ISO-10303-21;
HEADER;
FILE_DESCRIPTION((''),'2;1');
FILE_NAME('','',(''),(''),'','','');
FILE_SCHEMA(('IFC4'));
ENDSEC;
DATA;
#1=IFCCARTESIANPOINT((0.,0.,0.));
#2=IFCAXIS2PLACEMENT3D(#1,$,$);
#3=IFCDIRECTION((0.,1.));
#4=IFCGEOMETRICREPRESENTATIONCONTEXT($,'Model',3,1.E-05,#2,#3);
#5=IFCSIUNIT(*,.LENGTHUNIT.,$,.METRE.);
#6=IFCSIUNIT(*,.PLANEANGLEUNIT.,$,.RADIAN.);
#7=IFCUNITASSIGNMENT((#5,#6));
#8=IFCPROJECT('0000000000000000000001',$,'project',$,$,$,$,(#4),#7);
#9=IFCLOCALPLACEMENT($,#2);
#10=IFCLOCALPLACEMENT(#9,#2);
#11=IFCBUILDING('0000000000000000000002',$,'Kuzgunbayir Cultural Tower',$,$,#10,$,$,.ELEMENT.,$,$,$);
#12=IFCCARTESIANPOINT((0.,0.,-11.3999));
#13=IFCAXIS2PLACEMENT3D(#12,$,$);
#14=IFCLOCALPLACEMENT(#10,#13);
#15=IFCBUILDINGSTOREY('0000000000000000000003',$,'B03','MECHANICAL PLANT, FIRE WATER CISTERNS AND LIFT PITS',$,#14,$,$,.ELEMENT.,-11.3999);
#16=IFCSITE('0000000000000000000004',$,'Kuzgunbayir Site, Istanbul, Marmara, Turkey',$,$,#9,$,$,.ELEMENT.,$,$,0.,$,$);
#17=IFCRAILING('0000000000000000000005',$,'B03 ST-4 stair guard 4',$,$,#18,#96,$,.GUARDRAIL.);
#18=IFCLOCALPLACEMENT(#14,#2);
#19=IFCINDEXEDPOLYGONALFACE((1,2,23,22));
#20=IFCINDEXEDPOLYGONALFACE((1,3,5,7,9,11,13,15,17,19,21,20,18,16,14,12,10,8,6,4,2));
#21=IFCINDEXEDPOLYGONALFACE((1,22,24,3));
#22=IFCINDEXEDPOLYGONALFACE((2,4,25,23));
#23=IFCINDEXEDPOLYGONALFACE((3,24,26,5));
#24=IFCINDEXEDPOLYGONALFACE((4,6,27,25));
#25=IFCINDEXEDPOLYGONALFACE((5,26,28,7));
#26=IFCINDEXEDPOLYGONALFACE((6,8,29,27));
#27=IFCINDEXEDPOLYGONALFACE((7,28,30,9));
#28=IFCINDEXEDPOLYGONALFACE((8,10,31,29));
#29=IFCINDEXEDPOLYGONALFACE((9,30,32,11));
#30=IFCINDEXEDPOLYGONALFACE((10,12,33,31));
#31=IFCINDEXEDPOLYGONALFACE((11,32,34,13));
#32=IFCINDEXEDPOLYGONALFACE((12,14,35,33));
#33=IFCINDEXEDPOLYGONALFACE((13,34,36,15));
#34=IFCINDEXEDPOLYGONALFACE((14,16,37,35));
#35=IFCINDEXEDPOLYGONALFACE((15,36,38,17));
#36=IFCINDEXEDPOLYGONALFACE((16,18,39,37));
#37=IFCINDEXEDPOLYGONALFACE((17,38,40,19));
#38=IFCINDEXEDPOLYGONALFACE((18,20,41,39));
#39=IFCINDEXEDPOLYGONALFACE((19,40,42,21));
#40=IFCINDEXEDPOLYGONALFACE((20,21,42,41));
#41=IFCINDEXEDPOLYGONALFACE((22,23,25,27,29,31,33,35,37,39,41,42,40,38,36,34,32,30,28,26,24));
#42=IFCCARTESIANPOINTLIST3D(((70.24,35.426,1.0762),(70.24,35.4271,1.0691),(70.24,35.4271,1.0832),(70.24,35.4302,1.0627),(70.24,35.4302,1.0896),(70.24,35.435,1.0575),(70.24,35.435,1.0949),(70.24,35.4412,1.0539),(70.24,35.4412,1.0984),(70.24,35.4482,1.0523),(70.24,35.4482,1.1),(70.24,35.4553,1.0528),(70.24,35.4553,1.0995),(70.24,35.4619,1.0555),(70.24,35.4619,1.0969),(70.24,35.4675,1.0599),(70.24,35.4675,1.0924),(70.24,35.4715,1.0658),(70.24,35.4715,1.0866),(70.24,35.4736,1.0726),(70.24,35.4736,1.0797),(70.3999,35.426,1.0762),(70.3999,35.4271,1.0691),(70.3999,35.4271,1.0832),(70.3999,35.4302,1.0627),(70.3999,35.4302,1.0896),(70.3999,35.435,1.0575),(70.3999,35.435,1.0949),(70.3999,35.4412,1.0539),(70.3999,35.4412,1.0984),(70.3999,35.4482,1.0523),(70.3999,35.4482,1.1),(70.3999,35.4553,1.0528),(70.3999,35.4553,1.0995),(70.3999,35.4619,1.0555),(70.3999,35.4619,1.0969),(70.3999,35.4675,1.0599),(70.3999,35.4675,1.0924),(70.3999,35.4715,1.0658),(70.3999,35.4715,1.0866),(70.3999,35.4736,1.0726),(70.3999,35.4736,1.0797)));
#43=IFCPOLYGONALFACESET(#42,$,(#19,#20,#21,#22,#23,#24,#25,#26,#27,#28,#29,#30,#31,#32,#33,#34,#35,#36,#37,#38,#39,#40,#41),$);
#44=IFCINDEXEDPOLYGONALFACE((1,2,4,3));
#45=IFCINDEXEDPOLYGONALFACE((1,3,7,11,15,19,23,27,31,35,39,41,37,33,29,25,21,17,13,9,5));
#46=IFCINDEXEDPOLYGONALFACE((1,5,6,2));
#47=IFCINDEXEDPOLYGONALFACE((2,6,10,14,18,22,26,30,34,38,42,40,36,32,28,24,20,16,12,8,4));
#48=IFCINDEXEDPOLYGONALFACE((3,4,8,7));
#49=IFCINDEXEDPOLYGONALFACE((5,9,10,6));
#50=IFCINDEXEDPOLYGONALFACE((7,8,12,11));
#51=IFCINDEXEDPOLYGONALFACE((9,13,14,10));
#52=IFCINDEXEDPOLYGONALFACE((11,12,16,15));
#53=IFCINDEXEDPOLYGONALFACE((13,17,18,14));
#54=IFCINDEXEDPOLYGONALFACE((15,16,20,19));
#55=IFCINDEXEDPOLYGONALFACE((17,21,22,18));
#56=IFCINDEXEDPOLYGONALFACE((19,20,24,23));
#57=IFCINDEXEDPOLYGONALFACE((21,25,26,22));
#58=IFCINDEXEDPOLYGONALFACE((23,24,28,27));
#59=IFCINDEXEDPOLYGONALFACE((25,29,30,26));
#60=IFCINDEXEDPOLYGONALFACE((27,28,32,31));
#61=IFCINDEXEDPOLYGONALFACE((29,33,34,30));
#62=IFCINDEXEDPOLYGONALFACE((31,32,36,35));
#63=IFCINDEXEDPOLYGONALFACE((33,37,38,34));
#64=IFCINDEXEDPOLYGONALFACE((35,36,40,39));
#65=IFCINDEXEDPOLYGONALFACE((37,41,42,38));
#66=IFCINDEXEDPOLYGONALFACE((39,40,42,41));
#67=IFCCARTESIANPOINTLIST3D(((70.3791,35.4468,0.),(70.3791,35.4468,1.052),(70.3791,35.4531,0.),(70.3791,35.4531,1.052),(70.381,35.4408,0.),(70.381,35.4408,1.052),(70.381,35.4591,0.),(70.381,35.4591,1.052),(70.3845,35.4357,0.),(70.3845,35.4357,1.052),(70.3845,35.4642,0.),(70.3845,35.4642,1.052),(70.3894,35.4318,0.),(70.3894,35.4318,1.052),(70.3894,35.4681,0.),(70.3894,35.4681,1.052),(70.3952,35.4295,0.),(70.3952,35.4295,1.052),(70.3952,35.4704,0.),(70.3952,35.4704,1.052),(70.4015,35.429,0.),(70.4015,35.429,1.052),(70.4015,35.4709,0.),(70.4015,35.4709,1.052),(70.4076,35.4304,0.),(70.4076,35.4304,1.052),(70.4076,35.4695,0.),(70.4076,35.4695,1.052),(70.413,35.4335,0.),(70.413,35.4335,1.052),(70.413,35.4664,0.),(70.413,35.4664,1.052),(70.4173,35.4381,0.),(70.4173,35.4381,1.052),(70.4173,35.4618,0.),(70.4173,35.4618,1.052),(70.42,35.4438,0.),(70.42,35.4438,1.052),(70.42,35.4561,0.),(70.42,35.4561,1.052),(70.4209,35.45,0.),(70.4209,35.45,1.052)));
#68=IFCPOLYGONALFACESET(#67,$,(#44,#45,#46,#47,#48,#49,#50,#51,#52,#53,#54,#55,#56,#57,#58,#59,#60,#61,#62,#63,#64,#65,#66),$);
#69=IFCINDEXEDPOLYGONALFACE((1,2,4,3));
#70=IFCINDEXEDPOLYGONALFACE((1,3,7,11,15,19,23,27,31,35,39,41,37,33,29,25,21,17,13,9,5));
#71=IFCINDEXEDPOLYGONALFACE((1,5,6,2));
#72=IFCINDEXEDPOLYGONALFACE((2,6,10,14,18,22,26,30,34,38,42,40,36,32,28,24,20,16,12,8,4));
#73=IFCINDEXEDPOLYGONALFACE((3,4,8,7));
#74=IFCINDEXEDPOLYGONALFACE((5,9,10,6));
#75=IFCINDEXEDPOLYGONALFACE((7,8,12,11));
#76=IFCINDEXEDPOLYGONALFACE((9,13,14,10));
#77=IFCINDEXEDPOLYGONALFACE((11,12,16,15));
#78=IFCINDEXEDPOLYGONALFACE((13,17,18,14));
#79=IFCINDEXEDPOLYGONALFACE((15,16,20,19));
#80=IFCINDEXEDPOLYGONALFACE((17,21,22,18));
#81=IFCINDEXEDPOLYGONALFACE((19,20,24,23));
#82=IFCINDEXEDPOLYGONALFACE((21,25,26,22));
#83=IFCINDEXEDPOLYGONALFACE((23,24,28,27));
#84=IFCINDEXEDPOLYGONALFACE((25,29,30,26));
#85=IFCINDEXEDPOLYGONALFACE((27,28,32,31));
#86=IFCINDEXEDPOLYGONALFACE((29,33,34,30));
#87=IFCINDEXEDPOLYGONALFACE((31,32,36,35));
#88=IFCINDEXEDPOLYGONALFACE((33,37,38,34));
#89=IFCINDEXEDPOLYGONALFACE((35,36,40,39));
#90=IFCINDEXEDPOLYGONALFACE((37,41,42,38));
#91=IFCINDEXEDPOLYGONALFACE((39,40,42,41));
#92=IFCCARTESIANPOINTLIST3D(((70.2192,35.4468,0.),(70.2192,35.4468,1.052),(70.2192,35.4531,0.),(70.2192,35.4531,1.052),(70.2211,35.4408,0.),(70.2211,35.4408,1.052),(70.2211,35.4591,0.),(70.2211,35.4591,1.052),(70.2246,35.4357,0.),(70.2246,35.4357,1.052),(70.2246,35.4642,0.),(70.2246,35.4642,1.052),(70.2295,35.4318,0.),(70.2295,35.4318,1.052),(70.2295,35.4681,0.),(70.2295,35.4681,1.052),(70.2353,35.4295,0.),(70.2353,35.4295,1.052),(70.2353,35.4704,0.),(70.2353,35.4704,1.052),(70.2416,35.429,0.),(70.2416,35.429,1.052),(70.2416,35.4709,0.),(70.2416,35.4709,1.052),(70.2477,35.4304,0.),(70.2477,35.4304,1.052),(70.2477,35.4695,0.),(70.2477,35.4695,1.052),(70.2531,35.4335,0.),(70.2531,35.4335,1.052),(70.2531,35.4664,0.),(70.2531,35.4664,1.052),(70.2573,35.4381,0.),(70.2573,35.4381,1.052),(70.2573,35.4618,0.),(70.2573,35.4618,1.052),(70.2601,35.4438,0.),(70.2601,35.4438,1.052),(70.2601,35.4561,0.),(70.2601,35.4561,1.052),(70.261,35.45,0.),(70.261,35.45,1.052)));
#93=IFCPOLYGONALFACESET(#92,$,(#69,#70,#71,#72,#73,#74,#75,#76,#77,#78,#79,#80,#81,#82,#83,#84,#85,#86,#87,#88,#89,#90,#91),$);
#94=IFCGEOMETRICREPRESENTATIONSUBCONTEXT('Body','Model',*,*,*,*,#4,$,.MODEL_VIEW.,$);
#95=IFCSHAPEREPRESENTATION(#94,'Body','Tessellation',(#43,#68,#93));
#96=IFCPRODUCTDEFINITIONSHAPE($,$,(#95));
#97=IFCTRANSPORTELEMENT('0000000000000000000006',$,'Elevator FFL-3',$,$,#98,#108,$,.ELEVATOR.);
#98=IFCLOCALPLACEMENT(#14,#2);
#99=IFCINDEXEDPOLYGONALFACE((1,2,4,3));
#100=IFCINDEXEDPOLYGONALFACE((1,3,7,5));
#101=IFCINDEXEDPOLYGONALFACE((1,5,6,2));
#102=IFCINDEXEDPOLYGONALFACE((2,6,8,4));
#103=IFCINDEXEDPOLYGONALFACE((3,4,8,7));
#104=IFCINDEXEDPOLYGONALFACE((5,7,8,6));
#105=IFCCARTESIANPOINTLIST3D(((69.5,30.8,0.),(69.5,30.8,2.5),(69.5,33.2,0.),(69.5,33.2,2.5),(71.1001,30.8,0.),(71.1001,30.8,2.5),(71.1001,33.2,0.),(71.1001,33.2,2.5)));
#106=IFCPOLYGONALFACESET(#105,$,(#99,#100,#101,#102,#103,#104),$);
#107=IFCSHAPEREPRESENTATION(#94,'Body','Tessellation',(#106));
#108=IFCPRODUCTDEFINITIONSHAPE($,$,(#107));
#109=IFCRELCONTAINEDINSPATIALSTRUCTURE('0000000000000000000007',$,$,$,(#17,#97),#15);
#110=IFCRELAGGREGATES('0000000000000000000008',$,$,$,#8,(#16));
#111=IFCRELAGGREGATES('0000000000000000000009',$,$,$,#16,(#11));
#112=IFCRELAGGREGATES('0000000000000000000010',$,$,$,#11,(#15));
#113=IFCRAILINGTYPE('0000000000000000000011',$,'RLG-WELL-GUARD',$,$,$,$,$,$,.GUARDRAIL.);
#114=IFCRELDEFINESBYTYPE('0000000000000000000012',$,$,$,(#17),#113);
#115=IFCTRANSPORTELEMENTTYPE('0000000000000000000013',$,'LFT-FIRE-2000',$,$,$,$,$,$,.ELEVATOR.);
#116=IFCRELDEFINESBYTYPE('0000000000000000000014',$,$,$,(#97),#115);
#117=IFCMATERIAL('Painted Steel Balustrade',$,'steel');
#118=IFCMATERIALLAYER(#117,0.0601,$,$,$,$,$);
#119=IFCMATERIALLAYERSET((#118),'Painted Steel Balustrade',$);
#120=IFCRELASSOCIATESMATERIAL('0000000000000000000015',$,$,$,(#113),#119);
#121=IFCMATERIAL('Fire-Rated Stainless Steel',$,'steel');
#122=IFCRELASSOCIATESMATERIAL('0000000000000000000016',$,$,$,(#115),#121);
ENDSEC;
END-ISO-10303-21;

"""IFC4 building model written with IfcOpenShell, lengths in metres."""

from ifc_helpers import new_model, si_unit, direction, frame, origin, origin_2d, place, context, subcontext, project, spatial, rectangle, circle, extrude, material, layer, layer_set, type_object, element, save


model = new_model("IFC4")

# Units and contexts
model_context = context("Model", 3, precision=1e-05, world=origin(), true_north=direction((0.0, 1.0)))
body_context = subcontext(model_context, "Body", "Model", "MODEL_VIEW")
ifc_project = project(units=[si_unit("LENGTHUNIT", "METRE"), si_unit("PLANEANGLEUNIT", "RADIAN")], contexts=[model_context])

# Site, building, storey
site_placement = place(None, origin())
site = spatial("IfcSite", under=ifc_project, at=site_placement, Name="Kuzgunbayir Site, Istanbul, Marmara, Turkey", CompositionType="ELEMENT", RefElevation=0.0)
building_placement = place(site_placement, origin())
building = spatial("IfcBuilding", under=site, at=building_placement, Name="Kuzgunbayir Cultural Tower", CompositionType="ELEMENT")
storey_placement = place(building_placement, frame((0.0, 0.0, -11.3999)))
storey = spatial("IfcBuildingStorey", under=building, at=storey_placement, Name="B03", Description="MECHANICAL PLANT, FIRE WATER CISTERNS AND LIFT PITS", CompositionType="ELEMENT", Elevation=-11.3999)

# Railing
ifc_material_1 = material(Name="Painted Steel Balustrade", Category="steel")
ifc_layer_1 = layer(ifc_material_1, 0.0601)
ifc_layer_set_1 = layer_set([ifc_layer_1], Name="Painted Steel Balustrade")
railing_type_1 = type_object("IfcRailingType", Name="RLG-WELL-GUARD", PredefinedType="GUARDRAIL", material=ifc_layer_set_1)
railing_1_placement = place(storey_placement, frame((70.3999, 35.45, 0.0)))
element("IfcRailing", 1, at=railing_1_placement, inside=storey, type_object=railing_type_1, Name="B03 ST-4 stair guard 4", PredefinedType="GUARDRAIL", context=body_context, shape_type="SweptSolid", body=[
    extrude(circle(Radius=0.0239, at=origin_2d()), frame((0.0, 0.0, 1.0762), z_axis=(-1.0, 0.0, 0.0), x_axis=(0.0, -1.0, 0.0)), (0.0, 0.0, 1.0), 0.1599),
    extrude(circle(Radius=0.021, at=origin_2d()), origin(), (0.0, 0.0, 1.0), 1.052),
    extrude(circle(Radius=0.021, at=origin_2d()), frame((-0.1599, 0.0, 0.0)), (0.0, 0.0, 1.0), 1.052),
])

# Transport element
ifc_material_2 = material(Name="Fire-Rated Stainless Steel", Category="steel")
transport_element_type = type_object("IfcTransportElementType", Name="LFT-FIRE-2000", PredefinedType="ELEVATOR", material=ifc_material_2)
transport_element_placement = place(storey_placement, frame((70.3, 32.0, 0.0), z_axis=(0.0, 0.0, 1.0), x_axis=(1.0, 0.0, 0.0)))
element("IfcTransportElement", 2, at=transport_element_placement, inside=storey, type_object=transport_element_type, Name="Elevator FFL-3", PredefinedType="ELEVATOR", context=body_context, shape_type="SweptSolid", body=[
    extrude(rectangle(XDim=1.6001, YDim=2.3999, at=origin_2d()), origin(), (0.0, 0.0, 1.0), 2.5),
])

save(model, "model.ifc")
